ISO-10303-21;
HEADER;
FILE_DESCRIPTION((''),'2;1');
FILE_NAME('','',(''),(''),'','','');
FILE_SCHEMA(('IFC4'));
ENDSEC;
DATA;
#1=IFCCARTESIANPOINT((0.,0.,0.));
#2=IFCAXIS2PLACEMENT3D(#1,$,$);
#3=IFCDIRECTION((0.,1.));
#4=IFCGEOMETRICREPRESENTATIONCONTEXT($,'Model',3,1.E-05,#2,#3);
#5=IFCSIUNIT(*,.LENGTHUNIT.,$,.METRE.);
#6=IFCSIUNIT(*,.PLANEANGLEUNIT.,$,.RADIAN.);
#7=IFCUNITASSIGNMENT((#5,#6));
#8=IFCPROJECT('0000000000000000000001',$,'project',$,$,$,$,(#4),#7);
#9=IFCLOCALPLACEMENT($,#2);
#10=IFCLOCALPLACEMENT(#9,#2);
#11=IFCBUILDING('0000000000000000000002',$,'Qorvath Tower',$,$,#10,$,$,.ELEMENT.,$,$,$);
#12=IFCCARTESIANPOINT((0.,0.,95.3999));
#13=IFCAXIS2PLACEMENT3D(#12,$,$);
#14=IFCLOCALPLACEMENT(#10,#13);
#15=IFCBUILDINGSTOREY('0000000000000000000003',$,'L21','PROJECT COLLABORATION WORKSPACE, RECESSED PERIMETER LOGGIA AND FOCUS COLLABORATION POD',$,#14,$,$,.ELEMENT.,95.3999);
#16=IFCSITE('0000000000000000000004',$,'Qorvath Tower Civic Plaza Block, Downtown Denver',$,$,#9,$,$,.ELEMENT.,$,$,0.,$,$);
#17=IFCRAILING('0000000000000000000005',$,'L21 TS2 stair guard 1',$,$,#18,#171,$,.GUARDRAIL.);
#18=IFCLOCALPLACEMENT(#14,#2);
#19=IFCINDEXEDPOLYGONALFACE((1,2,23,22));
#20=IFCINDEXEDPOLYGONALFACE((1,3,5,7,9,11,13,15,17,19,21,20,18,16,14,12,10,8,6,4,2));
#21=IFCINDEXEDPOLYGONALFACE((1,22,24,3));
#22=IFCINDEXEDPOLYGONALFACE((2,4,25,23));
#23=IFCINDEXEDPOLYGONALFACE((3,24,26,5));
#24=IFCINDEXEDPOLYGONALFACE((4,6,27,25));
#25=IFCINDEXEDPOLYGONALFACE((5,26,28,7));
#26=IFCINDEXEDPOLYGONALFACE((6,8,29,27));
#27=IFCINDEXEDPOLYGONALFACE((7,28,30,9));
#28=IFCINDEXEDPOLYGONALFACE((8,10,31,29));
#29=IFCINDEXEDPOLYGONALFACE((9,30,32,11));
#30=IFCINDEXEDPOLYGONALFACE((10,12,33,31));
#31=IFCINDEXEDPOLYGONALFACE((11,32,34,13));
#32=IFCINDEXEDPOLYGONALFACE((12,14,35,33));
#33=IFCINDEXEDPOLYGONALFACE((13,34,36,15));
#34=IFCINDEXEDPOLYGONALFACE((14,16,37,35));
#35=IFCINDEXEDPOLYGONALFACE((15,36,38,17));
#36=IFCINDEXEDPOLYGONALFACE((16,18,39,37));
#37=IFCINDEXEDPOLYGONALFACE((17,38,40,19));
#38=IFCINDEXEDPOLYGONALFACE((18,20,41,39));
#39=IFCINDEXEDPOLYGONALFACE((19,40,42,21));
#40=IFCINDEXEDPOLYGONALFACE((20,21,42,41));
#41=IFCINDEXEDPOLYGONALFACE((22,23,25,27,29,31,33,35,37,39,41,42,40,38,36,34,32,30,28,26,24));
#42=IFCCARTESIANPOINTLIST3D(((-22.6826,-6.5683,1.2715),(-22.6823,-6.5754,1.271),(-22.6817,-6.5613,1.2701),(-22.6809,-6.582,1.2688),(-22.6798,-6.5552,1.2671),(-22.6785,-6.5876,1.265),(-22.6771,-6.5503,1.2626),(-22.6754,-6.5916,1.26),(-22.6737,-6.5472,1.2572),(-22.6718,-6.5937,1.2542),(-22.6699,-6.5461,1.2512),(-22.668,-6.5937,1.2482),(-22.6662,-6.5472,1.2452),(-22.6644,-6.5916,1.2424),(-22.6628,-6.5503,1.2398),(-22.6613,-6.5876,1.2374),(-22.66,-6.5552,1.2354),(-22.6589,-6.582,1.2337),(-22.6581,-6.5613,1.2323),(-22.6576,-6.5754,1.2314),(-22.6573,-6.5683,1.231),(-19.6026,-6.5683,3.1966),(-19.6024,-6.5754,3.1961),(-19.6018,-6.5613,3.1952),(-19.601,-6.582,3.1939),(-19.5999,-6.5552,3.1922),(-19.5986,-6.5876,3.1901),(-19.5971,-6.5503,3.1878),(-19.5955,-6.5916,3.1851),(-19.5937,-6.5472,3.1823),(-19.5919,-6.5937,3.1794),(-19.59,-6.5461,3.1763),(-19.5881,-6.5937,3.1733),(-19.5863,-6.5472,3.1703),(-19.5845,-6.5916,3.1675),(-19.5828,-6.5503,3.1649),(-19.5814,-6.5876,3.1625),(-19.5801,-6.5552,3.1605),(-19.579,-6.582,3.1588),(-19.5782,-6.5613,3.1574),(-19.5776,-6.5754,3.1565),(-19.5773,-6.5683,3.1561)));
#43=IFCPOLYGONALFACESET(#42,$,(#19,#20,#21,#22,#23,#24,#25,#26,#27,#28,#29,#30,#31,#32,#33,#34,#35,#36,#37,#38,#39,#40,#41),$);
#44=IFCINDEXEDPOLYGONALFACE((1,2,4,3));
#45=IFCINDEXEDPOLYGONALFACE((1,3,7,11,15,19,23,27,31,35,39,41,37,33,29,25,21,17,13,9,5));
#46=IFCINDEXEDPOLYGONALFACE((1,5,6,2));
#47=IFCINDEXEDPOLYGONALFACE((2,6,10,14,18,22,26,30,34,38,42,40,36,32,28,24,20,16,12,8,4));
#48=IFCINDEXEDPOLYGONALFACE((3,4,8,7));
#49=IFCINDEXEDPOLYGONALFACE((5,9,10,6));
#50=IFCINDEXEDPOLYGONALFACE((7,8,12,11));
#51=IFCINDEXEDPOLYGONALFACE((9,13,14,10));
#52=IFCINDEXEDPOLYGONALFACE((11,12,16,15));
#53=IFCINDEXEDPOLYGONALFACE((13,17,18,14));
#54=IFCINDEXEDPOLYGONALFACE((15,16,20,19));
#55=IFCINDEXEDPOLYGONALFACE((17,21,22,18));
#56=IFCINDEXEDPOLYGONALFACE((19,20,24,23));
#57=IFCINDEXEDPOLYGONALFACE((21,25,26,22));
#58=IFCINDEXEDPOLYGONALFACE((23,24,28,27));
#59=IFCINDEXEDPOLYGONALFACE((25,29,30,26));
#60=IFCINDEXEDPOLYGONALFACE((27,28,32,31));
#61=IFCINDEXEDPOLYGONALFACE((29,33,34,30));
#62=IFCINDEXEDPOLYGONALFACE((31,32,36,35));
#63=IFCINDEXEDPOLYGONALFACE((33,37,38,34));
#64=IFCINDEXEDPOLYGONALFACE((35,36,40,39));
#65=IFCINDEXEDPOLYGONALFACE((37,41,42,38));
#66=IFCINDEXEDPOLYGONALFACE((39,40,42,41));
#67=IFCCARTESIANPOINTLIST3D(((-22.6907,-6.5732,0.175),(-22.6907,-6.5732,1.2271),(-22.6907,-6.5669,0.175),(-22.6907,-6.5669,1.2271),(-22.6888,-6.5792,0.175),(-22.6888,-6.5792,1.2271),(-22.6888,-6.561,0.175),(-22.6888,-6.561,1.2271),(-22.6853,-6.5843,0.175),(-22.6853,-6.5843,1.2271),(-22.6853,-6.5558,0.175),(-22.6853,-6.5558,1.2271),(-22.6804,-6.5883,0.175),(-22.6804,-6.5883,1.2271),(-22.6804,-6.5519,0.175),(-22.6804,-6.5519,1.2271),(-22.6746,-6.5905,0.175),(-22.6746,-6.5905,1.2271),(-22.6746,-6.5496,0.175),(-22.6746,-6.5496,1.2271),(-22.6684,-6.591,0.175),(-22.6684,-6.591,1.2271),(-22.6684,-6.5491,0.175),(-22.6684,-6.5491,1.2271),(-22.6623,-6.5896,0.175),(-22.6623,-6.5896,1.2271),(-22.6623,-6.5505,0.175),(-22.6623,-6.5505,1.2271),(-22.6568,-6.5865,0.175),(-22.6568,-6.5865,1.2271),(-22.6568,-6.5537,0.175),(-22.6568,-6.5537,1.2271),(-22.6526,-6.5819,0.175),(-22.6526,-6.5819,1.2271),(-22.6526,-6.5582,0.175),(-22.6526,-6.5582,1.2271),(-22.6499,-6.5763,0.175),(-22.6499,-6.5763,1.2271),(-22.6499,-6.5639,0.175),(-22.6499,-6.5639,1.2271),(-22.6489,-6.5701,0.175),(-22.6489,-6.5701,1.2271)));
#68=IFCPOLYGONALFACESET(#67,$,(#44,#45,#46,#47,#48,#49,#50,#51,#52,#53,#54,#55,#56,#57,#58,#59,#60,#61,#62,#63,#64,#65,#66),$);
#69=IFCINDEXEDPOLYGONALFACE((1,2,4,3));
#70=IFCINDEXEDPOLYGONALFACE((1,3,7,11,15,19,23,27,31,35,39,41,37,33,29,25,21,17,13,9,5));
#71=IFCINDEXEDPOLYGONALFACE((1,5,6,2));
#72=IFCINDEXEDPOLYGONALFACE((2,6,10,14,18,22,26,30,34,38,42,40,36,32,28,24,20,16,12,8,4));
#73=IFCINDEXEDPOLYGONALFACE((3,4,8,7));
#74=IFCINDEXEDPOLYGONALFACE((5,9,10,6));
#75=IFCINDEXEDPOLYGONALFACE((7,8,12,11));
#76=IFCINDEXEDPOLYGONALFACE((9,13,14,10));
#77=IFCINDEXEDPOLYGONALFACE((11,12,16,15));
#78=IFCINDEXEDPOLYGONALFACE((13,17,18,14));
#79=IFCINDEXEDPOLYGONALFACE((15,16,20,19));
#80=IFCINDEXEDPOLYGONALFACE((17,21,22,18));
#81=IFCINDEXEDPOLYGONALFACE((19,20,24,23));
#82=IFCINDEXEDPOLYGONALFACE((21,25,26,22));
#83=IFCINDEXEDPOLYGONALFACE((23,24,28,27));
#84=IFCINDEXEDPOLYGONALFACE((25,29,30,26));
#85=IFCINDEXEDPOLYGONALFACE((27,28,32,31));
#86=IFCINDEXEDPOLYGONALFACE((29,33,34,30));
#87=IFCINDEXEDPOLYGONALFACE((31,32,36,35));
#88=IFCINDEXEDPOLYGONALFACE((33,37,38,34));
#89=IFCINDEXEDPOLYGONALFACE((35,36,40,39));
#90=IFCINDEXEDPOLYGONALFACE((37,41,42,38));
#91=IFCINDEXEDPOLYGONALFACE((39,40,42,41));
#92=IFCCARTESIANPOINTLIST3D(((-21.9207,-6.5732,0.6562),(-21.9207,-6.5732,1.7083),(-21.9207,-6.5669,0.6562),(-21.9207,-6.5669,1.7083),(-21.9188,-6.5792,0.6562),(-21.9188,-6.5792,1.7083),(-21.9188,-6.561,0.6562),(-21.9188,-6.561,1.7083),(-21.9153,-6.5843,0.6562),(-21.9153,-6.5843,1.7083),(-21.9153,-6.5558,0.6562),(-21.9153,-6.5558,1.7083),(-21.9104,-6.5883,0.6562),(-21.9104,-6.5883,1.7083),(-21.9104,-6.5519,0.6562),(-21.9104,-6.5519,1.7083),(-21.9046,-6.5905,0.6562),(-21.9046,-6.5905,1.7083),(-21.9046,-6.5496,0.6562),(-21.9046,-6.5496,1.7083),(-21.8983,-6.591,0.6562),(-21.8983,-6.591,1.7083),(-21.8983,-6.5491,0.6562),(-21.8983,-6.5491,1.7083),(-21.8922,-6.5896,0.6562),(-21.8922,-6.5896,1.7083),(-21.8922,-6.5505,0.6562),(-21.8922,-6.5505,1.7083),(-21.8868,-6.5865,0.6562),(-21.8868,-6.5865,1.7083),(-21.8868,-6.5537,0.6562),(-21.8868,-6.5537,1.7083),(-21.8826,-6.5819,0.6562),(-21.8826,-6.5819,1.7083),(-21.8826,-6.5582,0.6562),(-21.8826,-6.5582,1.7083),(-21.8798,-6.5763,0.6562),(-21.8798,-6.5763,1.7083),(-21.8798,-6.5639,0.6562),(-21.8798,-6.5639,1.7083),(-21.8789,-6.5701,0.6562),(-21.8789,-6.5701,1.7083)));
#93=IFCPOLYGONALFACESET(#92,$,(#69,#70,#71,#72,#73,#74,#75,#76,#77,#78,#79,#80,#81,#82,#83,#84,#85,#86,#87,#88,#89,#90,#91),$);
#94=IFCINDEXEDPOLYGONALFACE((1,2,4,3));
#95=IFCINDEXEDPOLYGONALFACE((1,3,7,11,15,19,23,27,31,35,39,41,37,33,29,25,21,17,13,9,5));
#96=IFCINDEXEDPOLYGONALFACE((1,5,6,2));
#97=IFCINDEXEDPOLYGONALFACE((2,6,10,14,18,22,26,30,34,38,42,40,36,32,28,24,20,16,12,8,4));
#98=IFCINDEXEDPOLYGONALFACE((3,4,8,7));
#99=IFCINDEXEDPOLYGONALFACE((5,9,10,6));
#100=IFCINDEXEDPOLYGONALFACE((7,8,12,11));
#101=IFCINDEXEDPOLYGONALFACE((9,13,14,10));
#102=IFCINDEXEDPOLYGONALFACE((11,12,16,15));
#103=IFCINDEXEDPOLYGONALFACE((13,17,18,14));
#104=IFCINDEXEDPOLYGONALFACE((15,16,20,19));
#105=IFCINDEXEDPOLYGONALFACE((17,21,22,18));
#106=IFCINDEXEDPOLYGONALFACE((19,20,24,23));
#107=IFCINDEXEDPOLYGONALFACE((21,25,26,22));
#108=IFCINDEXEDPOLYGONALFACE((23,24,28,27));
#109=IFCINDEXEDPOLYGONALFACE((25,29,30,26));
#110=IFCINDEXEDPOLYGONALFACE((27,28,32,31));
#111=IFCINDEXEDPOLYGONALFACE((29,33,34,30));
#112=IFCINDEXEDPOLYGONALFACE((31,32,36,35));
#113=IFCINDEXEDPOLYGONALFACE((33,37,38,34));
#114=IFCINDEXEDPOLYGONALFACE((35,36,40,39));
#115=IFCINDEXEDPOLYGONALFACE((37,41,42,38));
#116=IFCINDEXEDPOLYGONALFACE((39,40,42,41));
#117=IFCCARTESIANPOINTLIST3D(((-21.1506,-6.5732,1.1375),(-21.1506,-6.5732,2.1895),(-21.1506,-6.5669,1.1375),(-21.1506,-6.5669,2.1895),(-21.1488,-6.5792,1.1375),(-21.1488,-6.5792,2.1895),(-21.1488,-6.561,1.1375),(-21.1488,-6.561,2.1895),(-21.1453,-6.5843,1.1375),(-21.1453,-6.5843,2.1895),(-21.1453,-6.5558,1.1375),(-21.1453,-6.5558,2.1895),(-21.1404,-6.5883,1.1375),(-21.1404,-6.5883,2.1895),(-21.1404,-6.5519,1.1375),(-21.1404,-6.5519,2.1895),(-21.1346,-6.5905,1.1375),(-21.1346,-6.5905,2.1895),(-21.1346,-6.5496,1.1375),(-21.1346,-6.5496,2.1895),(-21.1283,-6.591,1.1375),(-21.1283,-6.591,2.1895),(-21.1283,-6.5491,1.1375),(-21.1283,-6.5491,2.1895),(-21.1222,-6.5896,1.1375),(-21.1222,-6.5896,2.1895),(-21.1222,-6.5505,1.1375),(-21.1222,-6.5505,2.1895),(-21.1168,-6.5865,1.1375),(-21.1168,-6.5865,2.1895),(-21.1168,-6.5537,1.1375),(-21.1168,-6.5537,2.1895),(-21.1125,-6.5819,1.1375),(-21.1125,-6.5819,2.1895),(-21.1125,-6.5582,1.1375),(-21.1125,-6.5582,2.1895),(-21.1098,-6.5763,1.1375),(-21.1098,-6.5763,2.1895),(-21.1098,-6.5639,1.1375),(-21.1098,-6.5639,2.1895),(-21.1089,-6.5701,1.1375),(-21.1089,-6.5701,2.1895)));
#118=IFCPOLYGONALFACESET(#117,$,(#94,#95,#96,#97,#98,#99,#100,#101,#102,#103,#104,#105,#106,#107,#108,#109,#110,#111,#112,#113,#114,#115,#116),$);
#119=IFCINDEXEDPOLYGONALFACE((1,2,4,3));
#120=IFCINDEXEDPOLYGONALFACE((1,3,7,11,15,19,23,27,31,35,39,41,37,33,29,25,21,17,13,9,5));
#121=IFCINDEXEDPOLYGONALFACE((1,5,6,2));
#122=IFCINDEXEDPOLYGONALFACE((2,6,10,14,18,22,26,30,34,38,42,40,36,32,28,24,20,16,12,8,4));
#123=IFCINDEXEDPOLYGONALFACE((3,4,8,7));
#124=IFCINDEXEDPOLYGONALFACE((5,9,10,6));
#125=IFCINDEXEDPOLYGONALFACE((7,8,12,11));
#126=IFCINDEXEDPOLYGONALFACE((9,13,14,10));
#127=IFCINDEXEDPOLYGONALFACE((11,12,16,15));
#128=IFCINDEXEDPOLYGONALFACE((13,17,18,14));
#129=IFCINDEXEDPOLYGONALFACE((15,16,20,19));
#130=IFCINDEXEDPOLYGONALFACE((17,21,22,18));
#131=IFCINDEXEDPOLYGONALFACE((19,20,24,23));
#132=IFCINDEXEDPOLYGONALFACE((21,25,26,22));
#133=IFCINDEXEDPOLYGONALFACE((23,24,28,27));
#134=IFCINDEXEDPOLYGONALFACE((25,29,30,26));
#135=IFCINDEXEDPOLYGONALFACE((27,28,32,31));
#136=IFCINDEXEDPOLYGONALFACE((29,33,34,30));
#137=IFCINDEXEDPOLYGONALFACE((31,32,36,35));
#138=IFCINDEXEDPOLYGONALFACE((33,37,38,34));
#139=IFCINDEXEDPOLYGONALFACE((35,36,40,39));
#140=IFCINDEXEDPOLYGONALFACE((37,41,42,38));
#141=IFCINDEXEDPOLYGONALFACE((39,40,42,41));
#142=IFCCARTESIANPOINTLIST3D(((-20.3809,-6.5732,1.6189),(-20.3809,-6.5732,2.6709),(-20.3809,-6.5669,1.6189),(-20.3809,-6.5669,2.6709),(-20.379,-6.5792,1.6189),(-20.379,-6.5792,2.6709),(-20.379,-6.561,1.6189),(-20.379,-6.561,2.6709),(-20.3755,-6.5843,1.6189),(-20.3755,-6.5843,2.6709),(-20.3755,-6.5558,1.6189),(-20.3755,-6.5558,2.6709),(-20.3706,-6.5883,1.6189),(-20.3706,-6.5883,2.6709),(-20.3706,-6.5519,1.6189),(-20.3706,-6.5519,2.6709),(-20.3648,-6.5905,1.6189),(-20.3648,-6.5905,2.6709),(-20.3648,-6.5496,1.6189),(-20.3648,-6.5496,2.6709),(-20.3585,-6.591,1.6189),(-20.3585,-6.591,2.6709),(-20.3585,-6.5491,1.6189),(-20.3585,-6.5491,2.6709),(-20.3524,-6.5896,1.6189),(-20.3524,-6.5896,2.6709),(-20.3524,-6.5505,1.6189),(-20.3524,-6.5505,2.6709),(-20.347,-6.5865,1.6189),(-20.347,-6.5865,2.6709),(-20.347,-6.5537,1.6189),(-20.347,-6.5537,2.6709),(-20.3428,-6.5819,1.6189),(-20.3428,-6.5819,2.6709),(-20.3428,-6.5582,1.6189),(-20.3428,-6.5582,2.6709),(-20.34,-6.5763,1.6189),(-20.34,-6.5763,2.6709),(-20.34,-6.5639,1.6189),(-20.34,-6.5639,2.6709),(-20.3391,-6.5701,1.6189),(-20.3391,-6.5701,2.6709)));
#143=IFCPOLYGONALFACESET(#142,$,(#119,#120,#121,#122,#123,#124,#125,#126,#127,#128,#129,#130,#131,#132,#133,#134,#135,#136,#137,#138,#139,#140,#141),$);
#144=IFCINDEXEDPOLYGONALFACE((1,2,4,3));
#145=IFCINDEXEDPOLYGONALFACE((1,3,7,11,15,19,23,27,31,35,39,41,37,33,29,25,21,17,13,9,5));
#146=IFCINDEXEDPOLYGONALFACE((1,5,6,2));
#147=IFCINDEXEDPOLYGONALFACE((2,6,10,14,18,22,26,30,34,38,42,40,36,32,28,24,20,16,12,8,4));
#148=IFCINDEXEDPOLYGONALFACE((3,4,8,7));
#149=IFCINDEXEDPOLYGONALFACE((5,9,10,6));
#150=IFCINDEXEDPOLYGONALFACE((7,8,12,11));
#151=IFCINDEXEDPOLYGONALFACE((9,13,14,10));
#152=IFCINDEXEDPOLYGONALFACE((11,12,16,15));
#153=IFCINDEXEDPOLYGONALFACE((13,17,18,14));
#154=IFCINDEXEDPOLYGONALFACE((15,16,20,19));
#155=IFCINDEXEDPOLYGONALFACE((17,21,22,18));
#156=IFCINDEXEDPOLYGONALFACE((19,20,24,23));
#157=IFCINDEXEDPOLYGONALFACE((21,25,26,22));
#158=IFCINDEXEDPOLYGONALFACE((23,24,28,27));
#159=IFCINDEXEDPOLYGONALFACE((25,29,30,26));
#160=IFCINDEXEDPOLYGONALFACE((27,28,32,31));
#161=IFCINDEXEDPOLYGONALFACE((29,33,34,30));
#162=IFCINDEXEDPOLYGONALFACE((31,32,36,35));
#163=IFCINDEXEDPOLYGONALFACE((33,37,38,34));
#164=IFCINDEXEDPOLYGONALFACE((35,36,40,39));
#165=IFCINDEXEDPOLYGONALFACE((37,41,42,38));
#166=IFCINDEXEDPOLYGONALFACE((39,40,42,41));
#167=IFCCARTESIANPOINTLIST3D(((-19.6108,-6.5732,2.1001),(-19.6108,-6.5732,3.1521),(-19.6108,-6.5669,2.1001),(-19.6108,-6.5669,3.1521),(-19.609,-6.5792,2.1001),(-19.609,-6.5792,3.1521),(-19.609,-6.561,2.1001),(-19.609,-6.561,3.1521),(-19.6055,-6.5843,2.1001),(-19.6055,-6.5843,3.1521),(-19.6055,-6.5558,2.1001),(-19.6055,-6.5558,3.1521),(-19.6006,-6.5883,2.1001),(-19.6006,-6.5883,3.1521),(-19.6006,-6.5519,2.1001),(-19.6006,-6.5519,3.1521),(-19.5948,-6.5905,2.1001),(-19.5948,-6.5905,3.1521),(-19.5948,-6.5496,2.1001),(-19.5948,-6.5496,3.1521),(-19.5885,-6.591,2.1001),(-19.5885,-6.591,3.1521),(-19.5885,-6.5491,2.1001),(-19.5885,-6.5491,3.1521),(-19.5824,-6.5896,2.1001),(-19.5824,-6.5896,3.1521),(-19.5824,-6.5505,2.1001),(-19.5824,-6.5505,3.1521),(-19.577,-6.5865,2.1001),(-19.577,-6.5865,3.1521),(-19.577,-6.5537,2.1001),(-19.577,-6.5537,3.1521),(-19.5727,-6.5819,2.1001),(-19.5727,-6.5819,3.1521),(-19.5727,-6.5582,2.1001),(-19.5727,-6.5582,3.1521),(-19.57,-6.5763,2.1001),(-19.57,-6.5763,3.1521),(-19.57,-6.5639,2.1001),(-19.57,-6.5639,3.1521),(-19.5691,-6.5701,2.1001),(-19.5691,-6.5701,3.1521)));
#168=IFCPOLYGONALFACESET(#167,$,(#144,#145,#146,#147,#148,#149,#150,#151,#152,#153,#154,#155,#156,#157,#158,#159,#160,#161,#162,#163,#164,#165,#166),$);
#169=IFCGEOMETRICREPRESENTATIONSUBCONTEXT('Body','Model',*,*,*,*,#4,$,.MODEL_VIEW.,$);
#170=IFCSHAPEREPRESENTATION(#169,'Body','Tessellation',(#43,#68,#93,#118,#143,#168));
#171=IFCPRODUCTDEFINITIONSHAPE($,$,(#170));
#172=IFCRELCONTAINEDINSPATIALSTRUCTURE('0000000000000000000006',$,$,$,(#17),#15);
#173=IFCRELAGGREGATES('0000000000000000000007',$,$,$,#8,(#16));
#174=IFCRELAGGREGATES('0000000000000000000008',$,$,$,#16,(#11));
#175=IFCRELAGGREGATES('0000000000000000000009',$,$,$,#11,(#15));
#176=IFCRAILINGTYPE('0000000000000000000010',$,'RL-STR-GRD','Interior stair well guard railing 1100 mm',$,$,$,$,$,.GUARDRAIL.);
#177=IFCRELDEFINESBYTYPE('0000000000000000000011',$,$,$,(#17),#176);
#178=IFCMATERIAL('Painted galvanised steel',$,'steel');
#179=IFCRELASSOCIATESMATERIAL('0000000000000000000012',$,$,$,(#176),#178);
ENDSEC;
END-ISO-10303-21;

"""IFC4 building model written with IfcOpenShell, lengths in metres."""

from ifc_helpers import new_model, si_unit, direction, frame, origin, origin_2d, place, context, subcontext, project, spatial, circle, extrude, material, type_object, element, save


model = new_model("IFC4")

# Units and contexts
model_context = context("Model", 3, precision=1e-05, world=origin(), true_north=direction((0.0, 1.0)))
body_context = subcontext(model_context, "Body", "Model", "MODEL_VIEW")
ifc_project = project(units=[si_unit("LENGTHUNIT", "METRE"), si_unit("PLANEANGLEUNIT", "RADIAN")], contexts=[model_context])

# Site, building, storey
site_placement = place(None, origin())
site = spatial("IfcSite", under=ifc_project, at=site_placement, Name="Qorvath Tower Civic Plaza Block, Downtown Denver", CompositionType="ELEMENT", RefElevation=0.0)
building_placement = place(site_placement, origin())
building = spatial("IfcBuilding", under=site, at=building_placement, Name="Qorvath Tower", CompositionType="ELEMENT")
storey_placement = place(building_placement, frame((0.0, 0.0, 95.3999)))
storey = spatial("IfcBuildingStorey", under=building, at=storey_placement, Name="L21", Description="PROJECT COLLABORATION WORKSPACE, RECESSED PERIMETER LOGGIA AND FOCUS COLLABORATION POD", CompositionType="ELEMENT", Elevation=95.3999)

# Railing
ifc_material_1 = material(Name="Painted galvanised steel", Category="steel")
railing_type_1 = type_object("IfcRailingType", Name="RL-STR-GRD", Description="Interior stair well guard railing 1100 mm", PredefinedType="GUARDRAIL", material=ifc_material_1)
railing_1_placement = place(storey_placement, frame((-22.6699, -6.5701, 0.175)))
element("IfcRailing", 1, at=railing_1_placement, inside=storey, type_object=railing_type_1, Name="L21 TS2 stair guard 1", PredefinedType="GUARDRAIL", context=body_context, shape_type="SweptSolid", body=[
    extrude(circle(Radius=0.0239, at=origin_2d()), frame((0.0, 0.0, 1.0762), z_axis=(0.847979, 0.0, 0.530029), x_axis=(0.0, 1.0, 0.0)), (0.0, 0.0, 1.0), 3.6321),
    extrude(circle(Radius=0.021, at=origin_2d()), origin(), (0.0, 0.0, 1.0), 1.052),
    extrude(circle(Radius=0.021, at=origin_2d()), frame((0.77, 0.0, 0.4812)), (0.0, 0.0, 1.0), 1.052),
    extrude(circle(Radius=0.021, at=origin_2d()), frame((1.54, 0.0, 0.9624)), (0.0, 0.0, 1.0), 1.052),
    extrude(circle(Radius=0.021, at=origin_2d()), frame((2.3098, 0.0, 1.4438)), (0.0, 0.0, 1.0), 1.052),
    extrude(circle(Radius=0.021, at=origin_2d()), frame((3.0798, 0.0, 1.925)), (0.0, 0.0, 1.0), 1.052),
])

save(model, "model.ifc")
